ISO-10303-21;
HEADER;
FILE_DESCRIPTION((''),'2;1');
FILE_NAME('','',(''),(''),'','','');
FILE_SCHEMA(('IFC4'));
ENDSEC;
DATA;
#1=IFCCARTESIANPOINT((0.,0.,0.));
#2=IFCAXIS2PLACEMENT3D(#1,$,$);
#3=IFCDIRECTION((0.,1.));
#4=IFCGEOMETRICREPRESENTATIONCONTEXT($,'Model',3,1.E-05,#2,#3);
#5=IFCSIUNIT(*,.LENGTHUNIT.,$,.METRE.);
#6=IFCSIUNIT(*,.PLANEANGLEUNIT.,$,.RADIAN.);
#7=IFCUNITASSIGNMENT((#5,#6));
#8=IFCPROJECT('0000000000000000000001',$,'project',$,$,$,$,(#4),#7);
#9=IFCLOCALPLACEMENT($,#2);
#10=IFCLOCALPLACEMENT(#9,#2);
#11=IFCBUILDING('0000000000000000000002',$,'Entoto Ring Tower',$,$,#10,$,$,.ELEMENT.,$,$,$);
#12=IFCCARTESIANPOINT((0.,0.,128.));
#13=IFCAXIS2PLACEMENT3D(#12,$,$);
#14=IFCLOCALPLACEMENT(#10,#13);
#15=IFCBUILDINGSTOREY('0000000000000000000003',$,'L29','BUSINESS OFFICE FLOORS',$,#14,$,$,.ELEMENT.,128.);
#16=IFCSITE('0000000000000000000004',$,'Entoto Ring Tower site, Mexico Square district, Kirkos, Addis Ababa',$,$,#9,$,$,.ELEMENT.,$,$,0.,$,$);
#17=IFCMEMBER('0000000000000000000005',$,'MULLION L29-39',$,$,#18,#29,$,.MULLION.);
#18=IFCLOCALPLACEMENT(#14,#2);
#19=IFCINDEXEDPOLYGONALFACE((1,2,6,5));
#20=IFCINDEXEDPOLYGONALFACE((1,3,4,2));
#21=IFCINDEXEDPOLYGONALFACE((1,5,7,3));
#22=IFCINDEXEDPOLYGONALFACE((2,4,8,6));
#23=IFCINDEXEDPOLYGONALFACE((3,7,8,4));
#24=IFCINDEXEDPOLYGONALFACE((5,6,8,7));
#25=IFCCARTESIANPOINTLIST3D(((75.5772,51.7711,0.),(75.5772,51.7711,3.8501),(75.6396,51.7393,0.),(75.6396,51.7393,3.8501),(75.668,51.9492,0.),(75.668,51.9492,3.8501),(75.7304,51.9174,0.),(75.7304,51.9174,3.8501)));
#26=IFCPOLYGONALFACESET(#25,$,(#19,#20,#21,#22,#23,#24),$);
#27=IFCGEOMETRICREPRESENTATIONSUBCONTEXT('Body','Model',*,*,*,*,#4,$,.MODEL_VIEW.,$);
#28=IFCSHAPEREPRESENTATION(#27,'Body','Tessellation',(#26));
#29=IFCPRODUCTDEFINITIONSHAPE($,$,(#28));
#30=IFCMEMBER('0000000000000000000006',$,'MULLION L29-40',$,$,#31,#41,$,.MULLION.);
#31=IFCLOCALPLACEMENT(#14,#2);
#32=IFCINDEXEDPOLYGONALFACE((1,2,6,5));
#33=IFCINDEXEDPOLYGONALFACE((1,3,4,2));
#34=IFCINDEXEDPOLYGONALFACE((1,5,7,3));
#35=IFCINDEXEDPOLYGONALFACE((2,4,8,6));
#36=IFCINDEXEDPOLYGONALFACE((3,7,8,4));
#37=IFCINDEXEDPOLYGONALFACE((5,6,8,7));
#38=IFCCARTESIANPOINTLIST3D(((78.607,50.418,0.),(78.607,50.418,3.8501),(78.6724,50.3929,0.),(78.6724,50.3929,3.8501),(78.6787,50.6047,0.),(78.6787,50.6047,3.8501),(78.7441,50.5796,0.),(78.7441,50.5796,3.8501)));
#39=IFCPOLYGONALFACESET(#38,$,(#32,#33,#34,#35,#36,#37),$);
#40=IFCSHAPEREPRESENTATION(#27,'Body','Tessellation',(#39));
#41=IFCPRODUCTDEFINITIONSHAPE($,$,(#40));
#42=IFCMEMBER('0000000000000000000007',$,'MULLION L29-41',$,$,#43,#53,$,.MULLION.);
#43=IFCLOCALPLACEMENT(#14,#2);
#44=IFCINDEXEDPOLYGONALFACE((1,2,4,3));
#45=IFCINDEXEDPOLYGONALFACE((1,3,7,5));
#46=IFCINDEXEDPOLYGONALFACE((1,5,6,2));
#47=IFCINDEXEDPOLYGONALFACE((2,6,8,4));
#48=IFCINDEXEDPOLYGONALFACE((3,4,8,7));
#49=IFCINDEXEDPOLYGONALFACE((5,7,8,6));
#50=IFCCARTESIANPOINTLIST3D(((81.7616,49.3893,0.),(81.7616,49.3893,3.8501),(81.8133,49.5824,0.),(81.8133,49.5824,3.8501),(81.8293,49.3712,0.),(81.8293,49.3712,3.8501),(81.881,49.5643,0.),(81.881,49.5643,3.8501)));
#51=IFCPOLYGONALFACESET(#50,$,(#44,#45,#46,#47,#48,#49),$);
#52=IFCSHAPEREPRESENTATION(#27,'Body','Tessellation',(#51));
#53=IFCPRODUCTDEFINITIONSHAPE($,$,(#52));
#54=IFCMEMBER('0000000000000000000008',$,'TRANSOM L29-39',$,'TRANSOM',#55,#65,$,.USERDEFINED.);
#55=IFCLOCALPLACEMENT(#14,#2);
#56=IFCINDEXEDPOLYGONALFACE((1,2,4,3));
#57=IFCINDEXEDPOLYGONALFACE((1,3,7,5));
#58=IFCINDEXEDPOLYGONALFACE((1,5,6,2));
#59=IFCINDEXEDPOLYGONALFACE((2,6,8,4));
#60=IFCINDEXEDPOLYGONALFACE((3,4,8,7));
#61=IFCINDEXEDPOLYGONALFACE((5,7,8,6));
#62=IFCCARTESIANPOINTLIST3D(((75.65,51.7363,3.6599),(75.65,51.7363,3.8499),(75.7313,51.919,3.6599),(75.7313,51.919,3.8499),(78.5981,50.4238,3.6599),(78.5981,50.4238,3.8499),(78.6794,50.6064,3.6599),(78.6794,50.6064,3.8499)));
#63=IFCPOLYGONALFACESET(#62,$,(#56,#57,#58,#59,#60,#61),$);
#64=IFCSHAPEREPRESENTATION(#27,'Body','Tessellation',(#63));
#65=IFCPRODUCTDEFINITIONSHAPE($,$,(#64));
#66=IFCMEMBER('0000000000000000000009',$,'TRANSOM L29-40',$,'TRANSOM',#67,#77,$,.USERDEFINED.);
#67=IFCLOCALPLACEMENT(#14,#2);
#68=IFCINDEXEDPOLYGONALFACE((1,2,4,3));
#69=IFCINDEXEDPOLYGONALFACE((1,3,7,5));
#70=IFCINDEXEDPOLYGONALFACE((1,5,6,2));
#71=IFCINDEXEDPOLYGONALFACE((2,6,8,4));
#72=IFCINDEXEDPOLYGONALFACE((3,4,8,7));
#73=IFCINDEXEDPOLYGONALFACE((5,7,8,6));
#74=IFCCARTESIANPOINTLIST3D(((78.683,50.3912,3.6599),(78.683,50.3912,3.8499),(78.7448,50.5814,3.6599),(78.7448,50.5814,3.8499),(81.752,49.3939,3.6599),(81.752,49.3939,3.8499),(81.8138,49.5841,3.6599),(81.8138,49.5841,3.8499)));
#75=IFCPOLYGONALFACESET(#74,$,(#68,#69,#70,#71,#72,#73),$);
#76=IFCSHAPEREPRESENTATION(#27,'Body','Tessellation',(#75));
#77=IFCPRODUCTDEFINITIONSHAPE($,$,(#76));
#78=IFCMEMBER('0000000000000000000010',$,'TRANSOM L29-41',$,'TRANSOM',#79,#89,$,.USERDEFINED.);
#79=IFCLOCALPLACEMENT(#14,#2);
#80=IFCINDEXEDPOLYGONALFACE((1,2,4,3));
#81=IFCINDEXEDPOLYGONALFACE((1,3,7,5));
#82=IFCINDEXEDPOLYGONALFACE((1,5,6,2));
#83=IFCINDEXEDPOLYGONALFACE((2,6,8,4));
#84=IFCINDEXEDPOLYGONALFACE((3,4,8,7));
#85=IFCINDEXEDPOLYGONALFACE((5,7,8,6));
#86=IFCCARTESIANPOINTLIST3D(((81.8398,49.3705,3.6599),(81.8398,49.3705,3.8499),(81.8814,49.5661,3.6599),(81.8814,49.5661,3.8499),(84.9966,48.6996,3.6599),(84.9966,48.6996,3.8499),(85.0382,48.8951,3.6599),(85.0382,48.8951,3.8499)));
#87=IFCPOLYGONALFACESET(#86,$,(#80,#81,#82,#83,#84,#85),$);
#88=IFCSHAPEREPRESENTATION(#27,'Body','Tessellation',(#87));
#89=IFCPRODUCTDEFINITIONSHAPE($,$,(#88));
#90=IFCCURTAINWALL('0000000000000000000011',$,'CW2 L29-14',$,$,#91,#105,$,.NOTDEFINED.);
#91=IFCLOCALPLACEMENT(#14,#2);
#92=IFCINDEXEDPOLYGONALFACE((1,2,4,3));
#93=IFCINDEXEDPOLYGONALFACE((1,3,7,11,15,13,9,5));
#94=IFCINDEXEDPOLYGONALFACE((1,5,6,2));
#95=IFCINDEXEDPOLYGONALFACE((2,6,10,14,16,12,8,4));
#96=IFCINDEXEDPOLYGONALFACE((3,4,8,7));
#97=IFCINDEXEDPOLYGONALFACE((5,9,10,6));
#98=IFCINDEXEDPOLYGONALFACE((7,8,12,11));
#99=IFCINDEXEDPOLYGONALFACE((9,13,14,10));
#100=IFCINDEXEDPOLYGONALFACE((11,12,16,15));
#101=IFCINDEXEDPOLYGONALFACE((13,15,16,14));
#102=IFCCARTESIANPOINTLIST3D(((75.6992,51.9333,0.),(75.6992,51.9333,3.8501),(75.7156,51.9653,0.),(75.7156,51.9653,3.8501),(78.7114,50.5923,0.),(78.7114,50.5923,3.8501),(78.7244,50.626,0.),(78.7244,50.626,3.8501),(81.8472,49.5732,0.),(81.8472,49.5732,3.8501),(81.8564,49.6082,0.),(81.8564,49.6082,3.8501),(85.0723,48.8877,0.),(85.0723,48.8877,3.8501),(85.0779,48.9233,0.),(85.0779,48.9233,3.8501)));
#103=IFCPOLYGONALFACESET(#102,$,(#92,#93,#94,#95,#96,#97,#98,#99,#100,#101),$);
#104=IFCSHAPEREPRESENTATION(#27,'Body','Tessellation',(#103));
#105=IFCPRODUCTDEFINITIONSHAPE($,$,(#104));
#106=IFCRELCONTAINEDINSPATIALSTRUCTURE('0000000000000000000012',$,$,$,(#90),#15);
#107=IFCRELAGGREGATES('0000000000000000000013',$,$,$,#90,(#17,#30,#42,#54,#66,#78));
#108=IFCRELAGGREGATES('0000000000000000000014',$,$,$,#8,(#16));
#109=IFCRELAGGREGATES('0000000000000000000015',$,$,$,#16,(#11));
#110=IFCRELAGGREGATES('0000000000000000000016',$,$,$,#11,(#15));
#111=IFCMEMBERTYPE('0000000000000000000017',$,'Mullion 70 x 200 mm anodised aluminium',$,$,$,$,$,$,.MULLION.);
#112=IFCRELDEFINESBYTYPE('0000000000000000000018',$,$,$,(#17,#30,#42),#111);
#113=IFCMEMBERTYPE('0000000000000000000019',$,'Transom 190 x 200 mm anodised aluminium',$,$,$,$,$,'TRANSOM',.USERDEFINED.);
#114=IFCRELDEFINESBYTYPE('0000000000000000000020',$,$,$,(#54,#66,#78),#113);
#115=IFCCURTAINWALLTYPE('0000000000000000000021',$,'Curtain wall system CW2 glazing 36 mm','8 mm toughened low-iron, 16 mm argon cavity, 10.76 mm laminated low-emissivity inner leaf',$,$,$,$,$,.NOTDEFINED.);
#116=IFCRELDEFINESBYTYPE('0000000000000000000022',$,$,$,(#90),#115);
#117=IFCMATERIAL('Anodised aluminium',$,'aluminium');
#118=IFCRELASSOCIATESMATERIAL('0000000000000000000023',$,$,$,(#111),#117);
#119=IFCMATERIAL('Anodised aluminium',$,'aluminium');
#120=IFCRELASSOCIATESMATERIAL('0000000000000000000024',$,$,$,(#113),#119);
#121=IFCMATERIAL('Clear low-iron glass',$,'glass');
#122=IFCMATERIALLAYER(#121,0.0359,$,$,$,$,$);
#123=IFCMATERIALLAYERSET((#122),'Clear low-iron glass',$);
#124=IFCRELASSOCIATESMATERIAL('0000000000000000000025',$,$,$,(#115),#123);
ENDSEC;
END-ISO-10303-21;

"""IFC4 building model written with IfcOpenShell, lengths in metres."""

from ifc_helpers import new_model, si_unit, direction, frame, origin, origin_2d, place, context, subcontext, project, spatial, polyline, rectangle, outline, extrude, material, layer, layer_set, material_profile, profile_set, type_object, element, aggregate, save


model = new_model("IFC4")

# Units and contexts
model_context = context("Model", 3, precision=1e-05, world=origin(), true_north=direction((0.0, 1.0)))
body_context = subcontext(model_context, "Body", "Model", "MODEL_VIEW")
ifc_project = project(units=[si_unit("LENGTHUNIT", "METRE"), si_unit("PLANEANGLEUNIT", "RADIAN")], contexts=[model_context])

# Members
ifc_material_1 = material(Name="Anodised aluminium", Category="aluminium")
ifc_material_profile_1 = material_profile(ifc_material_1, rectangle(XDim=0.0701, YDim=0.2, at=origin_2d()), Name="Mullion 70 x 200 mm anodised aluminium")
ifc_profile_set_1 = profile_set([ifc_material_profile_1], Name="Anodised aluminium")
member_type_1 = type_object("IfcMemberType", Name="Mullion 70 x 200 mm anodised aluminium", PredefinedType="MULLION", material=ifc_profile_set_1)
site_placement = place(None, origin())
building_placement = place(site_placement, origin())
storey_placement = place(building_placement, frame((0.0, 0.0, 128.0)))
member_1_placement = place(storey_placement, frame((75.6538, 51.8442, 0.0), z_axis=(0.0, 0.0, 1.0), x_axis=(0.891007, -0.45399, 0.0)))
member_1 = element("IfcMember", 1, at=member_1_placement, type_object=member_type_1, Name="MULLION L29-39", PredefinedType="MULLION", context=body_context, shape_type="SweptSolid", body=[
    extrude(rectangle(XDim=0.0701, YDim=0.2, at=origin_2d()), origin(), (0.0, 0.0, 1.0), 3.8501),
])
member_2_placement = place(storey_placement, frame((78.6755, 50.4988, 0.0), z_axis=(0.0, 0.0, 1.0), x_axis=(0.93358, -0.358368, 0.0)))
member_2 = element("IfcMember", 2, at=member_2_placement, type_object=member_type_1, Name="MULLION L29-40", PredefinedType="MULLION", context=body_context, shape_type="SweptSolid", body=[
    extrude(rectangle(XDim=0.0701, YDim=0.2, at=origin_2d()), origin(), (0.0, 0.0, 1.0), 3.8501),
])
member_3_placement = place(storey_placement, frame((81.8213, 49.4768, 0.0), z_axis=(0.0, 0.0, 1.0), x_axis=(0.965926, -0.258819, 0.0)))
member_3 = element("IfcMember", 3, at=member_3_placement, type_object=member_type_1, Name="MULLION L29-41", PredefinedType="MULLION", context=body_context, shape_type="SweptSolid", body=[
    extrude(rectangle(XDim=0.0701, YDim=0.2, at=origin_2d()), origin(), (0.0, 0.0, 1.0), 3.8501),
])
ifc_material_2 = material(Name="Anodised aluminium", Category="aluminium")
ifc_material_profile_2 = material_profile(ifc_material_2, rectangle(XDim=0.2, YDim=0.1899, at=origin_2d()), Name="Transom 190 x 200 mm anodised aluminium")
ifc_profile_set_2 = profile_set([ifc_material_profile_2], Name="Anodised aluminium")
member_type_2 = type_object("IfcMemberType", Name="Transom 190 x 200 mm anodised aluminium", ElementType="TRANSOM", PredefinedType="USERDEFINED", material=ifc_profile_set_2)
member_4_placement = place(storey_placement, frame((75.6907, 51.8276, 3.7549), z_axis=(0.913549, -0.406728, 0.0), x_axis=(0.406728, 0.913549, 0.0)))
member_4 = element("IfcMember", 4, at=member_4_placement, type_object=member_type_2, Name="TRANSOM L29-39", ObjectType="TRANSOM", PredefinedType="USERDEFINED", context=body_context, shape_type="SweptSolid", body=[
    extrude(rectangle(XDim=0.2, YDim=0.1899, at=origin_2d()), origin(), (0.0, 0.0, 1.0), 3.2271),
])
member_5_placement = place(storey_placement, frame((78.7139, 50.4863, 3.7549), z_axis=(0.951047, -0.309047, 0.0), x_axis=(0.309047, 0.951047, 0.0)))
member_5 = element("IfcMember", 5, at=member_5_placement, type_object=member_type_2, Name="TRANSOM L29-40", ObjectType="TRANSOM", PredefinedType="USERDEFINED", context=body_context, shape_type="SweptSolid", body=[
    extrude(rectangle(XDim=0.2, YDim=0.1899, at=origin_2d()), origin(), (0.0, 0.0, 1.0), 3.2271),
])
member_6_placement = place(storey_placement, frame((81.8606, 49.4683, 3.7549), z_axis=(0.978153, -0.207886, 0.0), x_axis=(0.207886, 0.978153, 0.0)))
member_6 = element("IfcMember", 6, at=member_6_placement, type_object=member_type_2, Name="TRANSOM L29-41", ObjectType="TRANSOM", PredefinedType="USERDEFINED", context=body_context, shape_type="SweptSolid", body=[
    extrude(rectangle(XDim=0.2, YDim=0.1899, at=origin_2d()), origin(), (0.0, 0.0, 1.0), 3.2273),
])

# Site, building, storey
site = spatial("IfcSite", under=ifc_project, at=site_placement, Name="Entoto Ring Tower site, Mexico Square district, Kirkos, Addis Ababa", CompositionType="ELEMENT", RefElevation=0.0)
building = spatial("IfcBuilding", under=site, at=building_placement, Name="Entoto Ring Tower", CompositionType="ELEMENT")
storey = spatial("IfcBuildingStorey", under=building, at=storey_placement, Name="L29", Description="BUSINESS OFFICE FLOORS", CompositionType="ELEMENT", Elevation=128.0)

# Curtain wall
ifc_material_3 = material(Name="Clear low-iron glass", Category="glass")
ifc_layer = layer(ifc_material_3, 0.0359)
ifc_layer_set = layer_set([ifc_layer], Name="Clear low-iron glass")
curtain_wall_type = type_object("IfcCurtainWallType", Name="Curtain wall system CW2 glazing 36 mm", Description="8 mm toughened low-iron, 16 mm argon cavity, 10.76 mm laminated low-emissivity inner leaf", PredefinedType="NOTDEFINED", material=ifc_layer_set)
curtain_wall_1_placement = place(storey_placement, origin())
curtain_wall_1 = element("IfcCurtainWall", 7, at=curtain_wall_1_placement, inside=storey, type_object=curtain_wall_type, Name="CW2 L29-14", PredefinedType="NOTDEFINED", context=body_context, shape_type="SweptSolid", body=[
    extrude(outline(polyline([(75.6992, 51.9333), (78.7114, 50.5923), (81.8472, 49.5732), (85.0723, 48.8877), (85.0779, 48.9233), (81.8564, 49.6082), (78.7244, 50.626), (75.7156, 51.9653), (75.6992, 51.9333)])), origin(), (0.0, 0.0, 1.0), 3.8501),
])
aggregate(curtain_wall_1, [member_1, member_2, member_3, member_4, member_5, member_6])

save(model, "model.ifc")
